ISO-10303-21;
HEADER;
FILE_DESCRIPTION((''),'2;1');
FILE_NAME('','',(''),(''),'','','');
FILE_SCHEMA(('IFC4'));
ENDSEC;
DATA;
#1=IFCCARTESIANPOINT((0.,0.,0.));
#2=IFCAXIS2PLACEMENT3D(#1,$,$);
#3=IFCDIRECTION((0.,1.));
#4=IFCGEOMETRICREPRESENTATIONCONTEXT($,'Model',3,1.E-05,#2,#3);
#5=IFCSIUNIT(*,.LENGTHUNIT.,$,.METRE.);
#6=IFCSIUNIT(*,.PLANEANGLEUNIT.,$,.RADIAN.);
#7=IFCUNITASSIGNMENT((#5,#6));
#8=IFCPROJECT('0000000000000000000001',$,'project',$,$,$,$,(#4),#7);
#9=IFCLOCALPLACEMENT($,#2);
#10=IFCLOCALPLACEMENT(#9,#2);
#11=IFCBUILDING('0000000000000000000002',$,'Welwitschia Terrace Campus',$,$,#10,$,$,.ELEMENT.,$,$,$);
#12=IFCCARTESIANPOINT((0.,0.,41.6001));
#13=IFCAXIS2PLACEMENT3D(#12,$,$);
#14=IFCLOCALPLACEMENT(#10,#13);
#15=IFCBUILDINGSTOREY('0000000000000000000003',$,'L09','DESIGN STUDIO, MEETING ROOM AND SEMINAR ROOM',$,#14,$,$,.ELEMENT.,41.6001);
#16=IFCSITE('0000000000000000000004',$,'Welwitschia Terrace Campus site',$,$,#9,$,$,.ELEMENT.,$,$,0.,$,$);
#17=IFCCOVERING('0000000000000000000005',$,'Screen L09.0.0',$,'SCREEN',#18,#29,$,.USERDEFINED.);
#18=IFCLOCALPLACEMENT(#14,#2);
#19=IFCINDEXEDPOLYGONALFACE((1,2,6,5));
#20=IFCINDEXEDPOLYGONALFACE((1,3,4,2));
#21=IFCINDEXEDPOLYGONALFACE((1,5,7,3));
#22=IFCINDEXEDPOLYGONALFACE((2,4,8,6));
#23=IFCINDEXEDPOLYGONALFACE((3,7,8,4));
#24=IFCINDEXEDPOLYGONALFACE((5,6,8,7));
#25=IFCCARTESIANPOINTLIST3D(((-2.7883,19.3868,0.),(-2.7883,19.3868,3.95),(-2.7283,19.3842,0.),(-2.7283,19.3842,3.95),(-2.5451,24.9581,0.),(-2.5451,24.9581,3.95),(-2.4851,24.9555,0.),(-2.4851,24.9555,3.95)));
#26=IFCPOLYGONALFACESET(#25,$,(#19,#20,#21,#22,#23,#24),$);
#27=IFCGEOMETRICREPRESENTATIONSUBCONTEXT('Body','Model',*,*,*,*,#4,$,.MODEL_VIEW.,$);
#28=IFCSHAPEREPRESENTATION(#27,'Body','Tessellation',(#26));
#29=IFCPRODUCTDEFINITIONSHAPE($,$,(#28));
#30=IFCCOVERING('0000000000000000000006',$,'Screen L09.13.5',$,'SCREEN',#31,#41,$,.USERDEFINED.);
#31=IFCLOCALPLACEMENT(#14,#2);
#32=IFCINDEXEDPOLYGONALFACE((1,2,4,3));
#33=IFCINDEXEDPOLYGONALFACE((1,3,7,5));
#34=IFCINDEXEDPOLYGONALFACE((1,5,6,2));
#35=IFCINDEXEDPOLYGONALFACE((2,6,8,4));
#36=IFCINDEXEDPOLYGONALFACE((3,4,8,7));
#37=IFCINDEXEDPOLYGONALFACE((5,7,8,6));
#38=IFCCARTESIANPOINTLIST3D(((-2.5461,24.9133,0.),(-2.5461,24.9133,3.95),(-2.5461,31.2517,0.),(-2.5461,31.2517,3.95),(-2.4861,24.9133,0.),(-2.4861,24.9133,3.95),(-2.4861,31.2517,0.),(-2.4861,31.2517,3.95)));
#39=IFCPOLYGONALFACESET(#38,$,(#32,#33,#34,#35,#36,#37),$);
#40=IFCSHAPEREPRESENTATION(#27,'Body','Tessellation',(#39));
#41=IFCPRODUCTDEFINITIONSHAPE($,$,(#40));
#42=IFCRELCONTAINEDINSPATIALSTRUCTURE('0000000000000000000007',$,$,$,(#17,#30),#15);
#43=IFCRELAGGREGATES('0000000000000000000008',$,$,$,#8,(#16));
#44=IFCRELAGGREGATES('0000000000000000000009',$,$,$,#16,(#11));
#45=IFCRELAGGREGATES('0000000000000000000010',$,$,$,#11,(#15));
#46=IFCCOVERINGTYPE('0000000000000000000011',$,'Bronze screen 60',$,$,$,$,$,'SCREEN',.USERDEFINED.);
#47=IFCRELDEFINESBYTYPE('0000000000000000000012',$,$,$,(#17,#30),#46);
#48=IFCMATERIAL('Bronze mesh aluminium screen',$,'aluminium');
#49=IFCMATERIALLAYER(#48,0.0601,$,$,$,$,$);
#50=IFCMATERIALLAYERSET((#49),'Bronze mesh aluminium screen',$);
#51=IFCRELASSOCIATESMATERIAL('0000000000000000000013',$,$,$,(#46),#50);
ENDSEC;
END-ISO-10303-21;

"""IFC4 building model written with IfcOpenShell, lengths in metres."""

from ifc_helpers import new_model, si_unit, direction, frame, origin, origin_2d, place, context, subcontext, project, spatial, rectangle, extrude, material, layer, layer_set, type_object, element, save


model = new_model("IFC4")

# Units and contexts
model_context = context("Model", 3, precision=1e-05, world=origin(), true_north=direction((0.0, 1.0)))
body_context = subcontext(model_context, "Body", "Model", "MODEL_VIEW")
ifc_project = project(units=[si_unit("LENGTHUNIT", "METRE"), si_unit("PLANEANGLEUNIT", "RADIAN")], contexts=[model_context])

# Site, building, storey
site_placement = place(None, origin())
site = spatial("IfcSite", under=ifc_project, at=site_placement, Name="Welwitschia Terrace Campus site", CompositionType="ELEMENT", RefElevation=0.0)
building_placement = place(site_placement, origin())
building = spatial("IfcBuilding", under=site, at=building_placement, Name="Welwitschia Terrace Campus", CompositionType="ELEMENT")
storey_placement = place(building_placement, frame((0.0, 0.0, 41.6001)))
storey = spatial("IfcBuildingStorey", under=building, at=storey_placement, Name="L09", Description="DESIGN STUDIO, MEETING ROOM AND SEMINAR ROOM", CompositionType="ELEMENT", Elevation=41.6001)

# Coverings
ifc_material_1 = material(Name="Bronze mesh aluminium screen", Category="aluminium")
ifc_layer_1 = layer(ifc_material_1, 0.0601)
ifc_layer_set_1 = layer_set([ifc_layer_1], Name="Bronze mesh aluminium screen")
covering_type = type_object("IfcCoveringType", Name="Bronze screen 60", ElementType="SCREEN", PredefinedType="USERDEFINED", material=ifc_layer_set_1)
covering_1_placement = place(storey_placement, frame((-2.6367, 22.1711, 0.0), z_axis=(0.0, 0.0, 1.0), x_axis=(-0.043619, -0.999048, 0.0)))
element("IfcCovering", 1, at=covering_1_placement, inside=storey, type_object=covering_type, Name="Screen L09.0.0", ObjectType="SCREEN", PredefinedType="USERDEFINED", context=body_context, shape_type="SweptSolid", body=[
    extrude(rectangle(XDim=5.5767, YDim=0.0601, at=origin_2d()), origin(), (0.0, 0.0, 1.0), 3.95),
])
covering_2_placement = place(storey_placement, frame((-2.5161, 28.0825, 0.0), z_axis=(0.0, 0.0, 1.0), x_axis=(0.0, -1.0, 0.0)))
element("IfcCovering", 2, at=covering_2_placement, inside=storey, type_object=covering_type, Name="Screen L09.13.5", ObjectType="SCREEN", PredefinedType="USERDEFINED", context=body_context, shape_type="SweptSolid", body=[
    extrude(rectangle(XDim=6.3384, YDim=0.0601, at=origin_2d()), origin(), (0.0, 0.0, 1.0), 3.95),
])

save(model, "model.ifc")
